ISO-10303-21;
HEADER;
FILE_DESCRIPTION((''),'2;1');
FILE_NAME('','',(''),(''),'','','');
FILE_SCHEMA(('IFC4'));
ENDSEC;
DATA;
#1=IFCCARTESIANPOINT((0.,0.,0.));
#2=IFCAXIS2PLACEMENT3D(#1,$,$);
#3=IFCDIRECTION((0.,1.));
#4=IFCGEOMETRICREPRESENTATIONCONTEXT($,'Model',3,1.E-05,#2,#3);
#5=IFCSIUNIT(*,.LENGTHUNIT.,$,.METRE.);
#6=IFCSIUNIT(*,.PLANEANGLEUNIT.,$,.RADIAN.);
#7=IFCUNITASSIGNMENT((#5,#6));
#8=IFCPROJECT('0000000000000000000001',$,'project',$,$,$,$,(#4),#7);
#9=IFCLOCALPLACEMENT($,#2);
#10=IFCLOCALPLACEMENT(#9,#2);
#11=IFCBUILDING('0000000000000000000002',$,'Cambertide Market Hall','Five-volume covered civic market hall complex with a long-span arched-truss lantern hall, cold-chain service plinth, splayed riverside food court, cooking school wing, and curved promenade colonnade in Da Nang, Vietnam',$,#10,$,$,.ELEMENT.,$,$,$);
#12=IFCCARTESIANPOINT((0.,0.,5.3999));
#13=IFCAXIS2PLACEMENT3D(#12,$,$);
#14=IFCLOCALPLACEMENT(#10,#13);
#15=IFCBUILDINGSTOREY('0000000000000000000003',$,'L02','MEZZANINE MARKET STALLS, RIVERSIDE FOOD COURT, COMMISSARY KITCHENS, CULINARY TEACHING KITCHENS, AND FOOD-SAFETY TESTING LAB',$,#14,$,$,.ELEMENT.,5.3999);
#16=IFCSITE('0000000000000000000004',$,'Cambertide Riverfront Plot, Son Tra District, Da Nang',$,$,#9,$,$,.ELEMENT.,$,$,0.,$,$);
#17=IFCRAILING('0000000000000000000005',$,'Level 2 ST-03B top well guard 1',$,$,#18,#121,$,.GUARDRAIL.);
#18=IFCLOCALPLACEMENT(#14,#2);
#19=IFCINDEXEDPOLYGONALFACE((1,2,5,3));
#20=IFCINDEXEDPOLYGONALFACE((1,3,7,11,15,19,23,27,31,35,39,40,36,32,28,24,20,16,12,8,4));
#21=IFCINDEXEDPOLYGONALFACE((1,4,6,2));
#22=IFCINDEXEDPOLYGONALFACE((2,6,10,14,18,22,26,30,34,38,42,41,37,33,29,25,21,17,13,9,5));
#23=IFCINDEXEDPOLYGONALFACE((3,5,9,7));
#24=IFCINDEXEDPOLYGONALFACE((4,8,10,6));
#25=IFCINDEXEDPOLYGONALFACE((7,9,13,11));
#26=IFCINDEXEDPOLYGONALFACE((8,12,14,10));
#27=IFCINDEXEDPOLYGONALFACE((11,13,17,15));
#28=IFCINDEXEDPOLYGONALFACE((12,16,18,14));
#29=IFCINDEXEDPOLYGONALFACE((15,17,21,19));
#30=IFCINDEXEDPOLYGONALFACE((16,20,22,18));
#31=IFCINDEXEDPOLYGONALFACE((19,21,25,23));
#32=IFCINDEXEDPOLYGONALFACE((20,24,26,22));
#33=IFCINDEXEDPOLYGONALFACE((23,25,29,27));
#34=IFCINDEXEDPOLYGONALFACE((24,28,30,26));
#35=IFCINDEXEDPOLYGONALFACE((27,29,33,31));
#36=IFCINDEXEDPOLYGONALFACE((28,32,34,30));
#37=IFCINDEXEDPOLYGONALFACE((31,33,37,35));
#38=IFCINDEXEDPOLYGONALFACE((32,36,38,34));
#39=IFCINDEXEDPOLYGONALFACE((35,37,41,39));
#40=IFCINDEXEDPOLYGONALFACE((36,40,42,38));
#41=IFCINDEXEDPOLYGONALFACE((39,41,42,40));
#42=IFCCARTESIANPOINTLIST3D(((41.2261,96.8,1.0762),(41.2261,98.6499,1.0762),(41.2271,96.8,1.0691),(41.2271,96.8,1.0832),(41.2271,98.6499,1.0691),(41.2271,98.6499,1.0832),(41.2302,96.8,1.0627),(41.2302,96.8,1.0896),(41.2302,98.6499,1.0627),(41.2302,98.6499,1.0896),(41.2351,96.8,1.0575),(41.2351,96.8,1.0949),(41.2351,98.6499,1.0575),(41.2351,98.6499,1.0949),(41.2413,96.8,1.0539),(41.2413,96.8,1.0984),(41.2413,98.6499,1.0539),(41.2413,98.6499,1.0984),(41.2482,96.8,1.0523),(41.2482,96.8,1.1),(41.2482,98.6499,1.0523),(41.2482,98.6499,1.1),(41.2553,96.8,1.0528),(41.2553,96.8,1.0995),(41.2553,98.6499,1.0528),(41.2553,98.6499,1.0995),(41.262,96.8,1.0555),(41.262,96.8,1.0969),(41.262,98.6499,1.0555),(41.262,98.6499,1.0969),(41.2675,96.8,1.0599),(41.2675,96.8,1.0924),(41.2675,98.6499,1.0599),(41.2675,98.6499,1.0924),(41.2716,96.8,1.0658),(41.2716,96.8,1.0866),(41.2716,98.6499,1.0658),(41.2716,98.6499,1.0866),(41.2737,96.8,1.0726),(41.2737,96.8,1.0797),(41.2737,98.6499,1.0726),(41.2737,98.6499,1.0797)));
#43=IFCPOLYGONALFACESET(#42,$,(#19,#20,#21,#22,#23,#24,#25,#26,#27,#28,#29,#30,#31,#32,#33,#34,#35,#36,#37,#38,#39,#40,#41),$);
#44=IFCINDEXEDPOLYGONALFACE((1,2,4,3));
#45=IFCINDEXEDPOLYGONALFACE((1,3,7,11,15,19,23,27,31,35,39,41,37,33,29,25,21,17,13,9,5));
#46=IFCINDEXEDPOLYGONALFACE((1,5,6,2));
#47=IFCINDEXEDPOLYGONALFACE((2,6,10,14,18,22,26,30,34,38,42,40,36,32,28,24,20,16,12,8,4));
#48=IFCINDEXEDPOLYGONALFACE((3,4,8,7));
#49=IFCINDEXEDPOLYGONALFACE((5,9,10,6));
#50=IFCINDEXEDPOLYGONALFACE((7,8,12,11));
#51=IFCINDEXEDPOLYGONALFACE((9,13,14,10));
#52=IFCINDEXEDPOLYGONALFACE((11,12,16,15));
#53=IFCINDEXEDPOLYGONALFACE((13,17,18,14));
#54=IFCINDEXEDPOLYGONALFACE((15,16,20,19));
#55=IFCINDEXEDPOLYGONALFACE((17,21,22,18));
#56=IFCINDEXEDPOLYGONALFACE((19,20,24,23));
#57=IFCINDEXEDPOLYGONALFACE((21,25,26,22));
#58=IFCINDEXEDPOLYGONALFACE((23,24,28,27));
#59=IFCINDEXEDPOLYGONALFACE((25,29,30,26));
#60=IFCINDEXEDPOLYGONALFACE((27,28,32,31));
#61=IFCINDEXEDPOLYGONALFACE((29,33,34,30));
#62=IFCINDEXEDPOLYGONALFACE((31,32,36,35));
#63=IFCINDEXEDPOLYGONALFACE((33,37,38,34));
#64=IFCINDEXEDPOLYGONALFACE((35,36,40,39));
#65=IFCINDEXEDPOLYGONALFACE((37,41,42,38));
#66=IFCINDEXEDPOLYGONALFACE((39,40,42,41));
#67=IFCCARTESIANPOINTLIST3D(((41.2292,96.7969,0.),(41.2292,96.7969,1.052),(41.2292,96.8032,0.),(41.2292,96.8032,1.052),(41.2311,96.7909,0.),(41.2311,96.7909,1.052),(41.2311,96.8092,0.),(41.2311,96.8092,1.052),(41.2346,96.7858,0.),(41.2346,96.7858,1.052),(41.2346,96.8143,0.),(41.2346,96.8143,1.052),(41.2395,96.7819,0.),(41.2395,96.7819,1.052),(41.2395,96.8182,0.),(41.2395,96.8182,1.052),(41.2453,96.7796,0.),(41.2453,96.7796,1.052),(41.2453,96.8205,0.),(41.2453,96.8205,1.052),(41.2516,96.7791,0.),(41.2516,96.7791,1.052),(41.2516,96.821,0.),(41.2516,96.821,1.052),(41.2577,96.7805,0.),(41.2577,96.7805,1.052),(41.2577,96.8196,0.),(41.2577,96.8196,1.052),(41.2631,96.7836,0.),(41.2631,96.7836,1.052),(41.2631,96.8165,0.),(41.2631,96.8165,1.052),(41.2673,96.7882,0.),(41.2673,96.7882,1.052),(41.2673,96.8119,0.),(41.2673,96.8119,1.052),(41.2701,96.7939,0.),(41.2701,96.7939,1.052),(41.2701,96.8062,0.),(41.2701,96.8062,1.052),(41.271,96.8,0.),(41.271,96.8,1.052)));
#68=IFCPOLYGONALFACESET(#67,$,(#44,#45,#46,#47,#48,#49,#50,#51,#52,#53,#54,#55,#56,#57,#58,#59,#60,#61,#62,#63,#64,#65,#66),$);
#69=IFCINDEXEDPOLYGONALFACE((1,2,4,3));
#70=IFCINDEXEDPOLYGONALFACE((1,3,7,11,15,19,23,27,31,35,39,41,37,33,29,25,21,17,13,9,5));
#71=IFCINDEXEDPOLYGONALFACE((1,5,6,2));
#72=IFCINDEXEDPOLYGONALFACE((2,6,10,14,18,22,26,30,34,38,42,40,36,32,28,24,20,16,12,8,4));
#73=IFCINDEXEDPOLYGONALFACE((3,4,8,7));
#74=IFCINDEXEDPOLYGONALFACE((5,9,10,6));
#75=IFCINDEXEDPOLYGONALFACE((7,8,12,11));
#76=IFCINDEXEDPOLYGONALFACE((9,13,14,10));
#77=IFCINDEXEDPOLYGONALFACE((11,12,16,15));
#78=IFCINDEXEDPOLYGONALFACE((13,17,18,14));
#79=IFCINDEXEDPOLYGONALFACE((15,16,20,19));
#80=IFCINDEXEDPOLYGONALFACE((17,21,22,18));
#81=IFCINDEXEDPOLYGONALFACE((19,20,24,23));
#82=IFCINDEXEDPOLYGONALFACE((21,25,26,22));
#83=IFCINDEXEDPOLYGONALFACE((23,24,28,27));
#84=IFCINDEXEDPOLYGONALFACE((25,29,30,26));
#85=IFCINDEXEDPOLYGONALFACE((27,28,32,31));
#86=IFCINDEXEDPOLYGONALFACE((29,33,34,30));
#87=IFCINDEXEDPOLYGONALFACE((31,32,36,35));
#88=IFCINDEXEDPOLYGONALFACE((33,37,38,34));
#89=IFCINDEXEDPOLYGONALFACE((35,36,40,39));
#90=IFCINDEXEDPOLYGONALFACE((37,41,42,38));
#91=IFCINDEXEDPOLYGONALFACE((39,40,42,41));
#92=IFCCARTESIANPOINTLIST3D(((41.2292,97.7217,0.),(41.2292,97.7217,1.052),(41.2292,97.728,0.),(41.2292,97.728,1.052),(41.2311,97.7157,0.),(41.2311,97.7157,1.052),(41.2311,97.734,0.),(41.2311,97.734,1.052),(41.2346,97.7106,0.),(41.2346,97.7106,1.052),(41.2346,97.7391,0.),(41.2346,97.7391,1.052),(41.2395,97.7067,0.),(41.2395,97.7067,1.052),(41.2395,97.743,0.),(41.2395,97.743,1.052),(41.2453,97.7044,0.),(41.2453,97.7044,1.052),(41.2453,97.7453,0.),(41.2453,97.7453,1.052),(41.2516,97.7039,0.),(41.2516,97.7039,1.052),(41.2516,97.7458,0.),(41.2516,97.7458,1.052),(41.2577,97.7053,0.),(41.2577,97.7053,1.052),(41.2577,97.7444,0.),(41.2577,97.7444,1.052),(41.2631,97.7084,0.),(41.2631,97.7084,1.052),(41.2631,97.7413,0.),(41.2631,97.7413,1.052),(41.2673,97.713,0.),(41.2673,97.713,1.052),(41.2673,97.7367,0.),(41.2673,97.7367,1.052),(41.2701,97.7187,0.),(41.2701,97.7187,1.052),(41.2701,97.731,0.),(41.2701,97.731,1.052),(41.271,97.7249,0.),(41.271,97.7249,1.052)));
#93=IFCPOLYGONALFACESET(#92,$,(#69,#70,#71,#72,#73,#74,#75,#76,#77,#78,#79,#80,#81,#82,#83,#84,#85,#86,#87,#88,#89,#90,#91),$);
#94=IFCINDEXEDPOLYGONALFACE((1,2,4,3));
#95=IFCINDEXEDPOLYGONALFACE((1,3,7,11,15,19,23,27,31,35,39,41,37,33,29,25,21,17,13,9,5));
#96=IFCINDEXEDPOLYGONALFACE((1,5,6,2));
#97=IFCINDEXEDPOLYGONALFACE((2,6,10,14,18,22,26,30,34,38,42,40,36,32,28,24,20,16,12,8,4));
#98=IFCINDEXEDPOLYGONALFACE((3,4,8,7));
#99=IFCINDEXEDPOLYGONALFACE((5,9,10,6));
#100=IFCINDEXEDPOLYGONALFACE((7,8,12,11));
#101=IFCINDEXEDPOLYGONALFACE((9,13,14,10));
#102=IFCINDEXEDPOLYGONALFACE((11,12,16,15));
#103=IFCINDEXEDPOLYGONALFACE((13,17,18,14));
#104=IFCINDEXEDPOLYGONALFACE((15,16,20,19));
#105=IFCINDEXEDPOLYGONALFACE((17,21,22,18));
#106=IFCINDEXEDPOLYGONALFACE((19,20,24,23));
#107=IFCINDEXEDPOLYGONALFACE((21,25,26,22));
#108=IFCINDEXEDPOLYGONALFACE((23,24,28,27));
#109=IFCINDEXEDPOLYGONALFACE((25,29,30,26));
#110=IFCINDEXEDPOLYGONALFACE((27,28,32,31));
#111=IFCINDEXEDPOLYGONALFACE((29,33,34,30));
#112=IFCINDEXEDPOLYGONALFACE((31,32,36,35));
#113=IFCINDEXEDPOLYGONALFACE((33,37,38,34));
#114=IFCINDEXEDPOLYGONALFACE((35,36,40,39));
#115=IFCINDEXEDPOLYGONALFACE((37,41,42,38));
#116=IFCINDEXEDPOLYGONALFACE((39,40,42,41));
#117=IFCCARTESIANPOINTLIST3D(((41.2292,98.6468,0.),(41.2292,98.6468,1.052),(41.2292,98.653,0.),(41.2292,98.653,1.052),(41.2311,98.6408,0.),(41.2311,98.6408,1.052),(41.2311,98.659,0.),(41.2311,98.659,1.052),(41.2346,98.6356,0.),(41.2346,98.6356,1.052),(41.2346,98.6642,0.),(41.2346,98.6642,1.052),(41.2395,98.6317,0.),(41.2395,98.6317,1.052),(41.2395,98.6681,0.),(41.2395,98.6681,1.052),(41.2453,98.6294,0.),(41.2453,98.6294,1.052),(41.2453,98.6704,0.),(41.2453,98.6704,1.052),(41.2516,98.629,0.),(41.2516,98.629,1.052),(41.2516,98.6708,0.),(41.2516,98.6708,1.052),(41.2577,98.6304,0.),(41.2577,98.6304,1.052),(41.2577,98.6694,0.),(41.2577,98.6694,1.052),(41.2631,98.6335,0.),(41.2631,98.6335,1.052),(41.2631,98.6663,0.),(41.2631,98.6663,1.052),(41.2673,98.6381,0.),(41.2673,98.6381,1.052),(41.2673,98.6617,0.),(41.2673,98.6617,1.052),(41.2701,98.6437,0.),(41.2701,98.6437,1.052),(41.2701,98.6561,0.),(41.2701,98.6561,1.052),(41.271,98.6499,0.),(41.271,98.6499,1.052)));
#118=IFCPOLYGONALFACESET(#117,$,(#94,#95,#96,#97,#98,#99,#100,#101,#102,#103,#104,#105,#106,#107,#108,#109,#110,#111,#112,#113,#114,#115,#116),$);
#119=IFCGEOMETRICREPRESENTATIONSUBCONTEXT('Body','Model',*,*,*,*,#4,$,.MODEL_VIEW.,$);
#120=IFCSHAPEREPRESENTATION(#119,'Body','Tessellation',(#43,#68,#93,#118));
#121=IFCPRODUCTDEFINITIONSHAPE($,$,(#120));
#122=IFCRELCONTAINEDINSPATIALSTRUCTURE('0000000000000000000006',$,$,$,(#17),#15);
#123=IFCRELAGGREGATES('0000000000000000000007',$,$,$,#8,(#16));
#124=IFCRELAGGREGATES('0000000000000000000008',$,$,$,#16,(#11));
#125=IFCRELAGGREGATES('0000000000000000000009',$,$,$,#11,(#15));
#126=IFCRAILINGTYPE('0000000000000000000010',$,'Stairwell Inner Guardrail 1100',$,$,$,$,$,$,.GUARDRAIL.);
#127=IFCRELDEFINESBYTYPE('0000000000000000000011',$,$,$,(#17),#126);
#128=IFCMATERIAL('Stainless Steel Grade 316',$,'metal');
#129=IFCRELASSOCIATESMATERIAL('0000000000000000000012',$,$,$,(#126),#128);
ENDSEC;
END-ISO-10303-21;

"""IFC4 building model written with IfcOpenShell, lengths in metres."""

from ifc_helpers import new_model, si_unit, direction, frame, origin, origin_2d, place, context, subcontext, project, spatial, circle, extrude, material, type_object, element, save


model = new_model("IFC4")

# Units and contexts
model_context = context("Model", 3, precision=1e-05, world=origin(), true_north=direction((0.0, 1.0)))
body_context = subcontext(model_context, "Body", "Model", "MODEL_VIEW")
ifc_project = project(units=[si_unit("LENGTHUNIT", "METRE"), si_unit("PLANEANGLEUNIT", "RADIAN")], contexts=[model_context])

# Site, building, storey
site_placement = place(None, origin())
site = spatial("IfcSite", under=ifc_project, at=site_placement, Name="Cambertide Riverfront Plot, Son Tra District, Da Nang", CompositionType="ELEMENT", RefElevation=0.0)
building_placement = place(site_placement, origin())
building = spatial("IfcBuilding", under=site, at=building_placement, Name="Cambertide Market Hall", Description="Five-volume covered civic market hall complex with a long-span arched-truss lantern hall, cold-chain service plinth, splayed riverside food court, cooking school wing, and curved promenade colonnade in Da Nang, Vietnam", CompositionType="ELEMENT")
storey_placement = place(building_placement, frame((0.0, 0.0, 5.3999)))
storey = spatial("IfcBuildingStorey", under=building, at=storey_placement, Name="L02", Description="MEZZANINE MARKET STALLS, RIVERSIDE FOOD COURT, COMMISSARY KITCHENS, CULINARY TEACHING KITCHENS, AND FOOD-SAFETY TESTING LAB", CompositionType="ELEMENT", Elevation=5.3999)

# Railing
ifc_material_1 = material(Name="Stainless Steel Grade 316", Category="metal")
railing_type_1 = type_object("IfcRailingType", Name="Stairwell Inner Guardrail 1100", PredefinedType="GUARDRAIL", material=ifc_material_1)
railing_1_placement = place(storey_placement, frame((41.25, 96.8, 0.0)))
element("IfcRailing", 1, at=railing_1_placement, inside=storey, type_object=railing_type_1, Name="Level 2 ST-03B top well guard 1", PredefinedType="GUARDRAIL", context=body_context, shape_type="SweptSolid", body=[
    extrude(circle(Radius=0.0239, at=origin_2d()), frame((0.0, 0.0, 1.0762), z_axis=(0.0, 1.0, 0.0), x_axis=(-1.0, 0.0, 0.0)), (0.0, 0.0, 1.0), 1.8499),
    extrude(circle(Radius=0.021, at=origin_2d()), origin(), (0.0, 0.0, 1.0), 1.052),
    extrude(circle(Radius=0.021, at=origin_2d()), frame((0.0, 0.9248, 0.0)), (0.0, 0.0, 1.0), 1.052),
    extrude(circle(Radius=0.021, at=origin_2d()), frame((0.0, 1.8499, 0.0)), (0.0, 0.0, 1.0), 1.052),
])

save(model, "model.ifc")
